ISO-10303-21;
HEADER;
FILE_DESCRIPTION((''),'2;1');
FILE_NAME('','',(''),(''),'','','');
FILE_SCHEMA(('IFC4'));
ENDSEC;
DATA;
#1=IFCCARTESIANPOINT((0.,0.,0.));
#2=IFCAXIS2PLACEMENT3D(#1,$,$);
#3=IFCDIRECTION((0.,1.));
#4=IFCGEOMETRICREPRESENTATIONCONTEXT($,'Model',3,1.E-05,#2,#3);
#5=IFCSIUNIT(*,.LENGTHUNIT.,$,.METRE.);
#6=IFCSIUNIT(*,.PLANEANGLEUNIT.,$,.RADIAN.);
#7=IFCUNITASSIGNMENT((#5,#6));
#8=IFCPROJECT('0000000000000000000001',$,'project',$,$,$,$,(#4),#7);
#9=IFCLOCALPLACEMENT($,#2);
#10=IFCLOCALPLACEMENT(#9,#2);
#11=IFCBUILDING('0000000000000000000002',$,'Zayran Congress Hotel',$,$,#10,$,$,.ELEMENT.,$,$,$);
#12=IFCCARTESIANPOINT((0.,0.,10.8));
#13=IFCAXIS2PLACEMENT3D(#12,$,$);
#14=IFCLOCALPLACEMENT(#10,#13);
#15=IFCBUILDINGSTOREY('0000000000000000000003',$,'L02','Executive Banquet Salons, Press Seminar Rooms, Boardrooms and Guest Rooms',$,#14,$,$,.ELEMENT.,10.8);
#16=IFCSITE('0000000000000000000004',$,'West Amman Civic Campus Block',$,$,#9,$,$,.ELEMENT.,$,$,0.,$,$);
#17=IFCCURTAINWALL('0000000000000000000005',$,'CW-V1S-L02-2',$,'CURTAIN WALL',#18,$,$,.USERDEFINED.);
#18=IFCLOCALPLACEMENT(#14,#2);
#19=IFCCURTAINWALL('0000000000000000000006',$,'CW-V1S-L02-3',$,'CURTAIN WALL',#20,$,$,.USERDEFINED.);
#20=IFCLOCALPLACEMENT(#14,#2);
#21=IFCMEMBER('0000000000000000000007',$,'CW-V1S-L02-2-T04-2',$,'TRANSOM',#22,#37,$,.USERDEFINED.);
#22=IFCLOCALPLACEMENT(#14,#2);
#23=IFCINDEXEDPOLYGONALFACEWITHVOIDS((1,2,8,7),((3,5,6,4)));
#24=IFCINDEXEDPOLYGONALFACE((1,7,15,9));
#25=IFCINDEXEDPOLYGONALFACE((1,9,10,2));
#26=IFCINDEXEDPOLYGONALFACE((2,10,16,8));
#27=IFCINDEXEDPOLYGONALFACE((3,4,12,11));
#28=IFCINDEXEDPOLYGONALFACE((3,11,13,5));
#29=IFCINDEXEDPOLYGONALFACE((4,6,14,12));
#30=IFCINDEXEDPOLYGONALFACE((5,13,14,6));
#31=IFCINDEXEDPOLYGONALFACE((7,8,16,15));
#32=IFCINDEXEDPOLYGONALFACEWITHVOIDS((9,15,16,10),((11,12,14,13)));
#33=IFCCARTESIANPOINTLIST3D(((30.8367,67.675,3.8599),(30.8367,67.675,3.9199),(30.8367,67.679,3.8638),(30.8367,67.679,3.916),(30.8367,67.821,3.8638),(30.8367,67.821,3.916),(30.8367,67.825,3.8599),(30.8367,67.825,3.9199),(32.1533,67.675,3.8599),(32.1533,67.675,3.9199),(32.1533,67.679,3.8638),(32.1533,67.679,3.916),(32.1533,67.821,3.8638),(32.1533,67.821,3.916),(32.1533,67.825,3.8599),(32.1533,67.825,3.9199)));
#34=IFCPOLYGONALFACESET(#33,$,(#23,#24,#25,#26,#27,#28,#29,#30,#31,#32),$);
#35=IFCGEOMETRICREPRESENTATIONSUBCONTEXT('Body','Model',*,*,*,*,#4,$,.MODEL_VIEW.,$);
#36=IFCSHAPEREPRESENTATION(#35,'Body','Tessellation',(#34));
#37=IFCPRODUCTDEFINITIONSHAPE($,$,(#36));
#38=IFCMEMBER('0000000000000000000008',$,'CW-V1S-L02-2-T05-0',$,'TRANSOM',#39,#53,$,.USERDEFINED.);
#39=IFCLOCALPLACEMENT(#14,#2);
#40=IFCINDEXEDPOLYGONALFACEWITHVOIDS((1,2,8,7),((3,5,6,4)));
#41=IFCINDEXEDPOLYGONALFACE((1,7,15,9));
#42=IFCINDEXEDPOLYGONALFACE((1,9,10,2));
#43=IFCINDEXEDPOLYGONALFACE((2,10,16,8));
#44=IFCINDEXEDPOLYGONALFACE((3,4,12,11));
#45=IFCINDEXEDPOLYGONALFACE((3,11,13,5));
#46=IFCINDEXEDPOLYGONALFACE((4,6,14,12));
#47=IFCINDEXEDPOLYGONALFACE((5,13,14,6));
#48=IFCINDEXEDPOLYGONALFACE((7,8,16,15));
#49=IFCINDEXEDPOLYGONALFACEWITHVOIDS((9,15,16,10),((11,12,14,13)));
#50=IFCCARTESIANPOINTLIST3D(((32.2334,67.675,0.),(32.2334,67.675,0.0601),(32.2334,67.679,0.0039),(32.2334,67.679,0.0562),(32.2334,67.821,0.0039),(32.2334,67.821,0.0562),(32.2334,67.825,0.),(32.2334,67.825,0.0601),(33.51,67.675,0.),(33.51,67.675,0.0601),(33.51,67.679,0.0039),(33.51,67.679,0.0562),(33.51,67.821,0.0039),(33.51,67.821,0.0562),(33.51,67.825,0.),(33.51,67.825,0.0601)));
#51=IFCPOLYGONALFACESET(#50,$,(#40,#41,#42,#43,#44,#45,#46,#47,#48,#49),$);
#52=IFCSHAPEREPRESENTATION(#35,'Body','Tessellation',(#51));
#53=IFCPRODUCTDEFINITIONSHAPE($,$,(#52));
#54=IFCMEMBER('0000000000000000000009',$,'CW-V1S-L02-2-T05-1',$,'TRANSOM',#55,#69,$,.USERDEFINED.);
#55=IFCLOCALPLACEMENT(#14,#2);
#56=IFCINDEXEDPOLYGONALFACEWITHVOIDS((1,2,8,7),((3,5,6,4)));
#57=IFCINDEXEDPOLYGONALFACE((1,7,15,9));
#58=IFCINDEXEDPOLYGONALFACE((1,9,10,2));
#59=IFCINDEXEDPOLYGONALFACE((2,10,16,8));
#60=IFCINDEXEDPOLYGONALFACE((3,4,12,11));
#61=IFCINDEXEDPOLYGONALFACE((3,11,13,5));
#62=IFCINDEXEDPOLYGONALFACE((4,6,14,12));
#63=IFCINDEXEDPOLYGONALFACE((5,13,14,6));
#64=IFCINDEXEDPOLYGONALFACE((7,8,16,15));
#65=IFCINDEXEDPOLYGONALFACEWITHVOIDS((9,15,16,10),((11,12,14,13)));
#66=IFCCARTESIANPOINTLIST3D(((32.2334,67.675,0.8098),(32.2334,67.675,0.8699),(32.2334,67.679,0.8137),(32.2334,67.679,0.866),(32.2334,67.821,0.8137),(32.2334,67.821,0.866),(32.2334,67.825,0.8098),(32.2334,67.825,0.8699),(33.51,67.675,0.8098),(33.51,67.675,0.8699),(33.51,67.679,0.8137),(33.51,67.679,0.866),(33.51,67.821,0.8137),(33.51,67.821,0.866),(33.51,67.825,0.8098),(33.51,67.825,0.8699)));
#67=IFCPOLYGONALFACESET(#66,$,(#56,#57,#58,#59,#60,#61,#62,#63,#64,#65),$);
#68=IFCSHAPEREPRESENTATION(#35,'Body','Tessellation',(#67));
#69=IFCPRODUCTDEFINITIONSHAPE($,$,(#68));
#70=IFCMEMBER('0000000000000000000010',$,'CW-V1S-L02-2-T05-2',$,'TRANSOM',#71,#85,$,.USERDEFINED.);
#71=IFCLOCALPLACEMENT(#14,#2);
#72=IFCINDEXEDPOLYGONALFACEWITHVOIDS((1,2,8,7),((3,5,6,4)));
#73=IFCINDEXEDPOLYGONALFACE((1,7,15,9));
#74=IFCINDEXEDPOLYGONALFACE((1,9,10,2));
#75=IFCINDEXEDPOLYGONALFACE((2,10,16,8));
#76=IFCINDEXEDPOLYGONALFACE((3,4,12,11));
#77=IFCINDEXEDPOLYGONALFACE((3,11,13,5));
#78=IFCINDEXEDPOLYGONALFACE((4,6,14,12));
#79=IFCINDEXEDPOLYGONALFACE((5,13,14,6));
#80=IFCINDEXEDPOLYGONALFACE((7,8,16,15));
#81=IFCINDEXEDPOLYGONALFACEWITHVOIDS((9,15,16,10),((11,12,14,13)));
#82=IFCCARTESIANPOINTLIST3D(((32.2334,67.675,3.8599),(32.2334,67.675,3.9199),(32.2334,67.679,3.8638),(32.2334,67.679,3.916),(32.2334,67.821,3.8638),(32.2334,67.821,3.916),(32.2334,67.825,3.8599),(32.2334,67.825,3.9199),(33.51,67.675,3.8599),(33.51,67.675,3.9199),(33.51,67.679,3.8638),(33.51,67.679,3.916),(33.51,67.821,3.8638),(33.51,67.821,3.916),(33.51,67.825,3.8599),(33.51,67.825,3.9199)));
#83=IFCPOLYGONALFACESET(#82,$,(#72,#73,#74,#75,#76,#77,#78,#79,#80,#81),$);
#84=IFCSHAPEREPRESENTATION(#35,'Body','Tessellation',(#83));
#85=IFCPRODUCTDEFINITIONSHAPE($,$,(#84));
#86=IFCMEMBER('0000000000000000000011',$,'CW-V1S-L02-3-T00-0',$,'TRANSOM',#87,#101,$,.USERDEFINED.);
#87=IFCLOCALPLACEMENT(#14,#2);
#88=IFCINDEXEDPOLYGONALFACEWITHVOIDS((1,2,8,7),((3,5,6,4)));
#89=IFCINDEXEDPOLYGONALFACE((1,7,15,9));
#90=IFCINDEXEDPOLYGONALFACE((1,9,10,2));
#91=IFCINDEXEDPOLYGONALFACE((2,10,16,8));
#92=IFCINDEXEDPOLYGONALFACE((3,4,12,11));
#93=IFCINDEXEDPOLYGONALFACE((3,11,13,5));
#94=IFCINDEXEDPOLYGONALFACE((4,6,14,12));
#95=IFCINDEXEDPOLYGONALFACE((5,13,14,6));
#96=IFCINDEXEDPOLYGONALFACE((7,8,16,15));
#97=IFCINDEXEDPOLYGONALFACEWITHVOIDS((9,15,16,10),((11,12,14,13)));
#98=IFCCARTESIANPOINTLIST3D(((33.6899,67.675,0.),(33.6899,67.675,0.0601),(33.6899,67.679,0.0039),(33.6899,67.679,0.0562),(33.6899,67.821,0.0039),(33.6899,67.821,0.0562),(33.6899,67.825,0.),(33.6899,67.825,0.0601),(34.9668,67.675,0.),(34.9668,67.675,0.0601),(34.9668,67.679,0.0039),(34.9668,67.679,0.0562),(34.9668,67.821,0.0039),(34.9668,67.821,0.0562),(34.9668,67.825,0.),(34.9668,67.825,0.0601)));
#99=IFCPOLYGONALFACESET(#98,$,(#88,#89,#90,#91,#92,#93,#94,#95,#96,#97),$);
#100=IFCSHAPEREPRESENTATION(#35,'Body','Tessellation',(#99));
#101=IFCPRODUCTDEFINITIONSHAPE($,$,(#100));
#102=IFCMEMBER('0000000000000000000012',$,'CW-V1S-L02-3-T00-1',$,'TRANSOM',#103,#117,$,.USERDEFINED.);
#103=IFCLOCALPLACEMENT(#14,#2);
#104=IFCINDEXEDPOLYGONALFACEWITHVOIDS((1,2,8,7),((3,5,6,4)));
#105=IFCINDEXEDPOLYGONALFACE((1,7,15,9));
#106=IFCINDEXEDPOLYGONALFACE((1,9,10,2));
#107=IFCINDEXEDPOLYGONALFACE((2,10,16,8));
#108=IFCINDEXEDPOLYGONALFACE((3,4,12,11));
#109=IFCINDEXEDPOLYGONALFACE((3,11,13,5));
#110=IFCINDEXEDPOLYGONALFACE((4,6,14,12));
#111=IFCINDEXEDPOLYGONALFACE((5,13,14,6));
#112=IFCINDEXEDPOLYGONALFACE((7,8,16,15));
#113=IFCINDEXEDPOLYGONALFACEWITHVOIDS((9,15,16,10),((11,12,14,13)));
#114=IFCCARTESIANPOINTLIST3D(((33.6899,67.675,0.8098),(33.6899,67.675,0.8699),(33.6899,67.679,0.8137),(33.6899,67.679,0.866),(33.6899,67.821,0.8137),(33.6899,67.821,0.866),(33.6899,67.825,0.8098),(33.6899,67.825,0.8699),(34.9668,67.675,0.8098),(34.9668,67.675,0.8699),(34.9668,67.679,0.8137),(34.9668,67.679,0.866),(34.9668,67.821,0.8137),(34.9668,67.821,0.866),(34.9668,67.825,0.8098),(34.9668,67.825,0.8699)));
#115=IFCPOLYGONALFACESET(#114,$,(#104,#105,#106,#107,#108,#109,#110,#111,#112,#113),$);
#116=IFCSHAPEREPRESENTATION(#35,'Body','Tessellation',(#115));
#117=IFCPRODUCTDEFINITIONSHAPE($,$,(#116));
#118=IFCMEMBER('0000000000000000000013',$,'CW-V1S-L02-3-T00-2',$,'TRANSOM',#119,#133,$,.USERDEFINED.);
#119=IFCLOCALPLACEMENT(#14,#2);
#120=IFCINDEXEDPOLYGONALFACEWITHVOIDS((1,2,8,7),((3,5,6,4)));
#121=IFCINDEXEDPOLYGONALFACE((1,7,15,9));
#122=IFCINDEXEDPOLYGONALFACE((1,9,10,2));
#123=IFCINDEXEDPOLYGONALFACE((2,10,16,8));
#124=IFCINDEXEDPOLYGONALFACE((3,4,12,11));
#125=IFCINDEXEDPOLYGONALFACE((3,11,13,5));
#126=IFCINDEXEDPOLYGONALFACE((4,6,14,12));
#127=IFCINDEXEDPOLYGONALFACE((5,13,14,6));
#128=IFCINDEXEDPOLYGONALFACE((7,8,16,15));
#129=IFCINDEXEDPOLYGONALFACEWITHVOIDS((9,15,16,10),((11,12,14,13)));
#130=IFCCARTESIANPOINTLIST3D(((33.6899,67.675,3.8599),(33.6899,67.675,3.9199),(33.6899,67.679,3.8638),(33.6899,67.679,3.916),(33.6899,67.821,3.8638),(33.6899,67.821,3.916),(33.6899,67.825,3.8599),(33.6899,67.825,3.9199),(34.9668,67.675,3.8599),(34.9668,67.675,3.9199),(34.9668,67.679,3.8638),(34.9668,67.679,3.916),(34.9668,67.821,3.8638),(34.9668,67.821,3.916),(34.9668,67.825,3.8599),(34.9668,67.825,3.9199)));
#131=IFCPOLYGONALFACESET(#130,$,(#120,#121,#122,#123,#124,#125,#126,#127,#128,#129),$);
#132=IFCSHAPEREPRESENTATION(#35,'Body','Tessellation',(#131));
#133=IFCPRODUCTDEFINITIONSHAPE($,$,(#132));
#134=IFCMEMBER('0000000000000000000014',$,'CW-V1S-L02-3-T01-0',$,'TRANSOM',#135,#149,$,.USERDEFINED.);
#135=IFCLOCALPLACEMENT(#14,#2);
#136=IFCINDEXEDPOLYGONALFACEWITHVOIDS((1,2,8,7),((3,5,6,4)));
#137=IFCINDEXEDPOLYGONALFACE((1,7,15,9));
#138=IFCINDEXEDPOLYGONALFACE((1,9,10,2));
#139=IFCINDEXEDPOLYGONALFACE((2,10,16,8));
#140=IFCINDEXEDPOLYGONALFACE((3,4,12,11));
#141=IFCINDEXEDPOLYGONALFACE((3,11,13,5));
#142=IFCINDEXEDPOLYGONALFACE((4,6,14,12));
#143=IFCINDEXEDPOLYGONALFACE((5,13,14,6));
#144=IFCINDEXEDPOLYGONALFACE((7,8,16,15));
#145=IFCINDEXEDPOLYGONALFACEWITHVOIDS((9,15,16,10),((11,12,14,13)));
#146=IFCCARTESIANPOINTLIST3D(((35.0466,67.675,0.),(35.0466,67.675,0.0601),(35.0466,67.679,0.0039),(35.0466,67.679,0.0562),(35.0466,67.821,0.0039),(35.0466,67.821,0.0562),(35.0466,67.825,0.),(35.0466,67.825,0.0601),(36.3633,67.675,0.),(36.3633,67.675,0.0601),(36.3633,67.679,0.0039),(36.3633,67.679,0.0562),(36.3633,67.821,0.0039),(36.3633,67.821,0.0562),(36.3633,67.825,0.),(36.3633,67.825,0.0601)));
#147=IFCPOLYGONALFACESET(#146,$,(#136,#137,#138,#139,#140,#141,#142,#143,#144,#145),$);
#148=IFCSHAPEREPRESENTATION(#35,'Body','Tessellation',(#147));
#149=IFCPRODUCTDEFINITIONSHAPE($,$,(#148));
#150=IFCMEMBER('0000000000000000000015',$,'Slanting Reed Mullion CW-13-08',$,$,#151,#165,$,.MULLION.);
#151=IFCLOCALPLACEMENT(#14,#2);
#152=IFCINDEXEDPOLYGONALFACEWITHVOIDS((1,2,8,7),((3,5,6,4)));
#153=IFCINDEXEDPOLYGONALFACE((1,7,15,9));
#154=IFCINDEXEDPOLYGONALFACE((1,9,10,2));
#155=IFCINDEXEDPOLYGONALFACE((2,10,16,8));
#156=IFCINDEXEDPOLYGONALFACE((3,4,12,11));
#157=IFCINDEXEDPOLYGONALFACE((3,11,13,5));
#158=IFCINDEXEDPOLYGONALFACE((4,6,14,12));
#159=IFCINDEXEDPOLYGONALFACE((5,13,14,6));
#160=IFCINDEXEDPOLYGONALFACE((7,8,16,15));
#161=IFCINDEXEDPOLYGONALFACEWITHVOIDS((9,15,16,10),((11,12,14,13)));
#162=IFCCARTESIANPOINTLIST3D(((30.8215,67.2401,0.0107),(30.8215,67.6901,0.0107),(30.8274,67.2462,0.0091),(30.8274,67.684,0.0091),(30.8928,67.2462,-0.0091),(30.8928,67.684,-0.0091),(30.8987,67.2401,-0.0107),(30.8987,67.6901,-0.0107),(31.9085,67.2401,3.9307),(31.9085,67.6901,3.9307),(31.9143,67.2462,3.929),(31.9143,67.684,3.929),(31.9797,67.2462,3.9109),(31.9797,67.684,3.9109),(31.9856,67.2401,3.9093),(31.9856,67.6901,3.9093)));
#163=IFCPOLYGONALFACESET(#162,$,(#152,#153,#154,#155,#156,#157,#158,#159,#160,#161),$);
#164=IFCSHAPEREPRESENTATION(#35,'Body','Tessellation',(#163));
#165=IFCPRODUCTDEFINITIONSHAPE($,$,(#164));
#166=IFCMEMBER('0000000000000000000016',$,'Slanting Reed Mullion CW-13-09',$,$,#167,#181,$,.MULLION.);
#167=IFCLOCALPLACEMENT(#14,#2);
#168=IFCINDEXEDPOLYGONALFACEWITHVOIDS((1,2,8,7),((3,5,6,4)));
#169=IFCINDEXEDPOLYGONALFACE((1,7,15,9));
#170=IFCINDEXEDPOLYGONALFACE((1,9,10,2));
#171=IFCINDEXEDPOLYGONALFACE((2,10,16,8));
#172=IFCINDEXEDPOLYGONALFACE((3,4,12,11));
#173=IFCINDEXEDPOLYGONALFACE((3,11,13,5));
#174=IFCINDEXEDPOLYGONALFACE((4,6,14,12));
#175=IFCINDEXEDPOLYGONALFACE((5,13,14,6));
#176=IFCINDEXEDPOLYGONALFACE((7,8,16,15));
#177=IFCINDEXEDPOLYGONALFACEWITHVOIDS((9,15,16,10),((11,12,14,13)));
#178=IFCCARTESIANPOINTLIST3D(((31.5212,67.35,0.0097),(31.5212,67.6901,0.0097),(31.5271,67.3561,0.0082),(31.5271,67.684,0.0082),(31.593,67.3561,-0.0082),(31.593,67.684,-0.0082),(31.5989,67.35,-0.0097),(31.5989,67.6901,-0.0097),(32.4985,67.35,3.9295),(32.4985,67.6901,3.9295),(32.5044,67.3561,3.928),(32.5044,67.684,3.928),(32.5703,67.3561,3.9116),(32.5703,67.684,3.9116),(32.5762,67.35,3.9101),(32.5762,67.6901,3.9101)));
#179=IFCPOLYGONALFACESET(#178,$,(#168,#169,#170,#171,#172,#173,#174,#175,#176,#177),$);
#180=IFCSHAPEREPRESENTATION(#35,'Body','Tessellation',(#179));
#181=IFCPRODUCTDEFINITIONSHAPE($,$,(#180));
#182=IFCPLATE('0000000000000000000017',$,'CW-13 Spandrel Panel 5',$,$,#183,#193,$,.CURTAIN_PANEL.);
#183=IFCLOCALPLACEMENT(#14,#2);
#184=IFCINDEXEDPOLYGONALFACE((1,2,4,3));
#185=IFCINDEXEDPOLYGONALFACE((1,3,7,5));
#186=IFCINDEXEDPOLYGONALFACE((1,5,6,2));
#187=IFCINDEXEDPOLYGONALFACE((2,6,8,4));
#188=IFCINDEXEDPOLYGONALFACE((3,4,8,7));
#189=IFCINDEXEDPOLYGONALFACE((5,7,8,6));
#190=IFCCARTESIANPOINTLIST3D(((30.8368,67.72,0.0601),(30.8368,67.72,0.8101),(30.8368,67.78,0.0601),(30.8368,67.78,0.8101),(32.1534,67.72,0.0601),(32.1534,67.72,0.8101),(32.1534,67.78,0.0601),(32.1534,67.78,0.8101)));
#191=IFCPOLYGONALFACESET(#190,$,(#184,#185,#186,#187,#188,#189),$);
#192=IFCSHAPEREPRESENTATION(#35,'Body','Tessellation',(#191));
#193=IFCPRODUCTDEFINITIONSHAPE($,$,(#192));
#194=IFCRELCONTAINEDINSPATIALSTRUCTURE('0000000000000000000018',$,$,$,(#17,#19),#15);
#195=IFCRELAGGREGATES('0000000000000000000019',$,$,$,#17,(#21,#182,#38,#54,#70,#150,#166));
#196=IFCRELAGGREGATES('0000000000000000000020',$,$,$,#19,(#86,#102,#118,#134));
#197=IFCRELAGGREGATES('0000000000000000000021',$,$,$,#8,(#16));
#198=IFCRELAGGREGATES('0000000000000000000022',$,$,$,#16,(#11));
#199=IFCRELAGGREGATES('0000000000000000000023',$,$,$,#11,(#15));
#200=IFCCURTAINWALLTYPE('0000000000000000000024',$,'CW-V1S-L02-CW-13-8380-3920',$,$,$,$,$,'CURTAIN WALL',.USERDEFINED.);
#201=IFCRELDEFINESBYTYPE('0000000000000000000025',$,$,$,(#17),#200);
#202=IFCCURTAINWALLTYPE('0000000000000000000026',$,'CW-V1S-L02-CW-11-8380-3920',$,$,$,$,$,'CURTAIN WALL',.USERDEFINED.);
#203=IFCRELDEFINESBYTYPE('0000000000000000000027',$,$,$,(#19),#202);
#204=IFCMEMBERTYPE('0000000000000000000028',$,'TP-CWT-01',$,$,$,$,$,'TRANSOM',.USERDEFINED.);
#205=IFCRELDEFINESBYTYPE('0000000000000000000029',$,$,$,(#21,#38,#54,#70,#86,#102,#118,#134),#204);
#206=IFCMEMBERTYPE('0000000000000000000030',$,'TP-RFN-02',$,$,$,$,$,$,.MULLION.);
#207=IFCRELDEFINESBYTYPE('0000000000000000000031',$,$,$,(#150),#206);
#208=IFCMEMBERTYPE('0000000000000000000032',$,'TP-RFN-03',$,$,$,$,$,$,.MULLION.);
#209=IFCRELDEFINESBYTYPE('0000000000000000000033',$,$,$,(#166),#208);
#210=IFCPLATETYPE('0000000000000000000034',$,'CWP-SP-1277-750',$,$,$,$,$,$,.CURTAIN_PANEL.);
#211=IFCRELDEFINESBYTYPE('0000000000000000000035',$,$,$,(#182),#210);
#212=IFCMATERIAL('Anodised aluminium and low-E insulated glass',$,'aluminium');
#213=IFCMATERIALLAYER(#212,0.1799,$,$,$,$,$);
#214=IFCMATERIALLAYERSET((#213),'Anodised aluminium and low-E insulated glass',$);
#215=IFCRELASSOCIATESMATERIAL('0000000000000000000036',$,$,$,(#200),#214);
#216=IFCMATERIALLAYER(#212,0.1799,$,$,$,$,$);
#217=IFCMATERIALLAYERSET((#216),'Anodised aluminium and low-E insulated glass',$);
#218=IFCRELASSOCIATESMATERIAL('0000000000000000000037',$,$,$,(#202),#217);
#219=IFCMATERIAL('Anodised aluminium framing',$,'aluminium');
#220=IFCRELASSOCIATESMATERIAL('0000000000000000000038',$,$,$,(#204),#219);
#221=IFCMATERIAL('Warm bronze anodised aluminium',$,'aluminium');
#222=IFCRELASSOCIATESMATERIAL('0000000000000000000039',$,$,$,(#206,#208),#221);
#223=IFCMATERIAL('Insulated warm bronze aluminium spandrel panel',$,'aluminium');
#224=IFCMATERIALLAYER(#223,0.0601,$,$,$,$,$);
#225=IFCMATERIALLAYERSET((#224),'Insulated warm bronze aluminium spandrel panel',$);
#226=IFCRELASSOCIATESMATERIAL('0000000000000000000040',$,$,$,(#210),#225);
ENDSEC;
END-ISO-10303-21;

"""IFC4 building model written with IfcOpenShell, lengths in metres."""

from ifc_helpers import new_model, si_unit, direction, frame, origin, origin_2d, place, context, subcontext, project, spatial, rectangle, hollow_rectangle, extrude, material, layer, layer_set, material_profile, profile_set, type_object, element, aggregate, save


model = new_model("IFC4")

# Units and contexts
model_context = context("Model", 3, precision=1e-05, world=origin(), true_north=direction((0.0, 1.0)))
body_context = subcontext(model_context, "Body", "Model", "MODEL_VIEW")
ifc_project = project(units=[si_unit("LENGTHUNIT", "METRE"), si_unit("PLANEANGLEUNIT", "RADIAN")], contexts=[model_context])

# Site, building, storey
site_placement = place(None, origin())
site = spatial("IfcSite", under=ifc_project, at=site_placement, Name="West Amman Civic Campus Block", CompositionType="ELEMENT", RefElevation=0.0)
building_placement = place(site_placement, origin())
building = spatial("IfcBuilding", under=site, at=building_placement, Name="Zayran Congress Hotel", CompositionType="ELEMENT")
storey_placement = place(building_placement, frame((0.0, 0.0, 10.8)))
storey = spatial("IfcBuildingStorey", under=building, at=storey_placement, Name="L02", Description="Executive Banquet Salons, Press Seminar Rooms, Boardrooms and Guest Rooms", CompositionType="ELEMENT", Elevation=10.8)

# Curtain walls
ifc_material_1 = material(Name="Anodised aluminium and low-E insulated glass", Category="aluminium")
ifc_layer_1 = layer(ifc_material_1, 0.1799)
ifc_layer_set_1 = layer_set([ifc_layer_1], Name="Anodised aluminium and low-E insulated glass")
curtain_wall_type_1 = type_object("IfcCurtainWallType", Name="CW-V1S-L02-CW-13-8380-3920", ElementType="CURTAIN WALL", PredefinedType="USERDEFINED", material=ifc_layer_set_1)
curtain_wall_1_placement = place(storey_placement, origin())
curtain_wall_1 = element("IfcCurtainWall", 1, at=curtain_wall_1_placement, inside=storey, type_object=curtain_wall_type_1, Name="CW-V1S-L02-2", ObjectType="CURTAIN WALL", PredefinedType="USERDEFINED")
ifc_material_2 = material(Name="Anodised aluminium framing", Category="aluminium")
ifc_layer_2 = layer(ifc_material_1, 0.1799)
ifc_layer_set_2 = layer_set([ifc_layer_2], Name="Anodised aluminium and low-E insulated glass")
curtain_wall_type_2 = type_object("IfcCurtainWallType", Name="CW-V1S-L02-CW-11-8380-3920", ElementType="CURTAIN WALL", PredefinedType="USERDEFINED", material=ifc_layer_set_2)
curtain_wall_2_placement = place(storey_placement, origin())
curtain_wall_2 = element("IfcCurtainWall", 2, at=curtain_wall_2_placement, inside=storey, type_object=curtain_wall_type_2, Name="CW-V1S-L02-3", ObjectType="CURTAIN WALL", PredefinedType="USERDEFINED")

# Members
ifc_material_profile_1 = material_profile(ifc_material_2, hollow_rectangle(XDim=0.0601, YDim=0.1499, WallThickness=0.0039, at=origin_2d()), Name="RHS 150x60x4")
ifc_profile_set_1 = profile_set([ifc_material_profile_1], Name="Anodised aluminium framing")
member_type_1 = type_object("IfcMemberType", Name="TP-CWT-01", ElementType="TRANSOM", PredefinedType="USERDEFINED", material=ifc_profile_set_1)
member_1_placement = place(storey_placement, frame((30.8367, 67.75, 3.8899), z_axis=(1.0, 0.0, 0.0), x_axis=(0.0, 0.0, 1.0)))
member_1 = element("IfcMember", 3, at=member_1_placement, type_object=member_type_1, Name="CW-V1S-L02-2-T04-2", ObjectType="TRANSOM", PredefinedType="USERDEFINED", context=body_context, shape_type="SweptSolid", body=[
    extrude(hollow_rectangle(XDim=0.0601, YDim=0.1499, WallThickness=0.0039, at=origin_2d()), origin(), (0.0, 0.0, 1.0), 1.3167),
])
member_2_placement = place(storey_placement, frame((32.2334, 67.75, 0.03), z_axis=(1.0, 0.0, 0.0), x_axis=(0.0, 0.0, 1.0)))
member_2 = element("IfcMember", 4, at=member_2_placement, type_object=member_type_1, Name="CW-V1S-L02-2-T05-0", ObjectType="TRANSOM", PredefinedType="USERDEFINED", context=body_context, shape_type="SweptSolid", body=[
    extrude(hollow_rectangle(XDim=0.0601, YDim=0.1499, WallThickness=0.0039, at=origin_2d()), origin(), (0.0, 0.0, 1.0), 1.2766),
])
member_3_placement = place(storey_placement, frame((32.2334, 67.75, 0.8398), z_axis=(1.0, 0.0, 0.0), x_axis=(0.0, 0.0, 1.0)))
member_3 = element("IfcMember", 5, at=member_3_placement, type_object=member_type_1, Name="CW-V1S-L02-2-T05-1", ObjectType="TRANSOM", PredefinedType="USERDEFINED", context=body_context, shape_type="SweptSolid", body=[
    extrude(hollow_rectangle(XDim=0.0601, YDim=0.1499, WallThickness=0.0039, at=origin_2d()), origin(), (0.0, 0.0, 1.0), 1.2766),
])
member_4_placement = place(storey_placement, frame((32.2334, 67.75, 3.8899), z_axis=(1.0, 0.0, 0.0), x_axis=(0.0, 0.0, 1.0)))
member_4 = element("IfcMember", 6, at=member_4_placement, type_object=member_type_1, Name="CW-V1S-L02-2-T05-2", ObjectType="TRANSOM", PredefinedType="USERDEFINED", context=body_context, shape_type="SweptSolid", body=[
    extrude(hollow_rectangle(XDim=0.0601, YDim=0.1499, WallThickness=0.0039, at=origin_2d()), origin(), (0.0, 0.0, 1.0), 1.2766),
])
member_5_placement = place(storey_placement, frame((33.6899, 67.75, 0.03), z_axis=(1.0, 0.0, 0.0), x_axis=(0.0, 0.0, 1.0)))
member_5 = element("IfcMember", 7, at=member_5_placement, type_object=member_type_1, Name="CW-V1S-L02-3-T00-0", ObjectType="TRANSOM", PredefinedType="USERDEFINED", context=body_context, shape_type="SweptSolid", body=[
    extrude(hollow_rectangle(XDim=0.0601, YDim=0.1499, WallThickness=0.0039, at=origin_2d()), origin(), (0.0, 0.0, 1.0), 1.2769),
])
member_6_placement = place(storey_placement, frame((33.6899, 67.75, 0.8398), z_axis=(1.0, 0.0, 0.0), x_axis=(0.0, 0.0, 1.0)))
member_6 = element("IfcMember", 8, at=member_6_placement, type_object=member_type_1, Name="CW-V1S-L02-3-T00-1", ObjectType="TRANSOM", PredefinedType="USERDEFINED", context=body_context, shape_type="SweptSolid", body=[
    extrude(hollow_rectangle(XDim=0.0601, YDim=0.1499, WallThickness=0.0039, at=origin_2d()), origin(), (0.0, 0.0, 1.0), 1.2769),
])
member_7_placement = place(storey_placement, frame((33.6899, 67.75, 3.8899), z_axis=(1.0, 0.0, 0.0), x_axis=(0.0, 0.0, 1.0)))
member_7 = element("IfcMember", 9, at=member_7_placement, type_object=member_type_1, Name="CW-V1S-L02-3-T00-2", ObjectType="TRANSOM", PredefinedType="USERDEFINED", context=body_context, shape_type="SweptSolid", body=[
    extrude(hollow_rectangle(XDim=0.0601, YDim=0.1499, WallThickness=0.0039, at=origin_2d()), origin(), (0.0, 0.0, 1.0), 1.2769),
])
member_8_placement = place(storey_placement, frame((35.0466, 67.75, 0.03), z_axis=(1.0, 0.0, 0.0), x_axis=(0.0, 0.0, 1.0)))
member_8 = element("IfcMember", 10, at=member_8_placement, type_object=member_type_1, Name="CW-V1S-L02-3-T01-0", ObjectType="TRANSOM", PredefinedType="USERDEFINED", context=body_context, shape_type="SweptSolid", body=[
    extrude(hollow_rectangle(XDim=0.0601, YDim=0.1499, WallThickness=0.0039, at=origin_2d()), origin(), (0.0, 0.0, 1.0), 1.3167),
])
ifc_material_3 = material(Name="Warm bronze anodised aluminium", Category="aluminium")
ifc_material_profile_2 = material_profile(ifc_material_3, hollow_rectangle(XDim=0.0801, YDim=0.45, WallThickness=0.0061, at=origin_2d()), Name="RHS 450x80x6")
ifc_profile_set_2 = profile_set([ifc_material_profile_2], Name="Warm bronze anodised aluminium")
member_type_2 = type_object("IfcMemberType", Name="TP-RFN-02", PredefinedType="MULLION", material=ifc_profile_set_2)
member_9_placement = place(storey_placement, frame((30.8601, 67.4651, 0.0), z_axis=(0.267198, 0.0, 0.963642), x_axis=(-0.963642, 0.0, 0.267198)))
member_9 = element("IfcMember", 11, at=member_9_placement, type_object=member_type_2, Name="Slanting Reed Mullion CW-13-08", PredefinedType="MULLION", context=body_context, shape_type="SweptSolid", body=[
    extrude(hollow_rectangle(XDim=0.0801, YDim=0.45, WallThickness=0.0061, at=origin_2d()), origin(), (0.0, 0.0, 1.0), 4.0679),
])
ifc_material_profile_3 = material_profile(ifc_material_3, hollow_rectangle(XDim=0.0801, YDim=0.3401, WallThickness=0.0061, at=origin_2d()), Name="RHS 340x80x6")
ifc_profile_set_3 = profile_set([ifc_material_profile_3], Name="Warm bronze anodised aluminium")
member_type_3 = type_object("IfcMemberType", Name="TP-RFN-03", PredefinedType="MULLION", material=ifc_profile_set_3)
member_10_placement = place(storey_placement, frame((31.5601, 67.52, 0.0), z_axis=(0.24191, 0.0, 0.970299), x_axis=(-0.970299, 0.0, 0.24191)))
member_10 = element("IfcMember", 12, at=member_10_placement, type_object=member_type_3, Name="Slanting Reed Mullion CW-13-09", PredefinedType="MULLION", context=body_context, shape_type="SweptSolid", body=[
    extrude(hollow_rectangle(XDim=0.0801, YDim=0.3401, WallThickness=0.0061, at=origin_2d()), origin(), (0.0, 0.0, 1.0), 4.0398),
])

# Plate
ifc_material_4 = material(Name="Insulated warm bronze aluminium spandrel panel", Category="aluminium")
ifc_layer_3 = layer(ifc_material_4, 0.0601)
ifc_layer_set_3 = layer_set([ifc_layer_3], Name="Insulated warm bronze aluminium spandrel panel")
plate_type_1 = type_object("IfcPlateType", Name="CWP-SP-1277-750", PredefinedType="CURTAIN_PANEL", material=ifc_layer_set_3)
plate_1_placement = place(storey_placement, frame((31.4951, 67.75, 0.0601), z_axis=(0.0, 0.0, 1.0), x_axis=(1.0, 0.0, 0.0)))
plate_1 = element("IfcPlate", 13, at=plate_1_placement, type_object=plate_type_1, Name="CW-13 Spandrel Panel 5", PredefinedType="CURTAIN_PANEL", context=body_context, shape_type="SweptSolid", body=[
    extrude(rectangle(XDim=1.3167, YDim=0.0601, at=origin_2d()), origin(), (0.0, 0.0, 1.0), 0.75),
])
aggregate(curtain_wall_1, [member_1, plate_1, member_2, member_3, member_4, member_9, member_10])
aggregate(curtain_wall_2, [member_5, member_6, member_7, member_8])

save(model, "model.ifc")
